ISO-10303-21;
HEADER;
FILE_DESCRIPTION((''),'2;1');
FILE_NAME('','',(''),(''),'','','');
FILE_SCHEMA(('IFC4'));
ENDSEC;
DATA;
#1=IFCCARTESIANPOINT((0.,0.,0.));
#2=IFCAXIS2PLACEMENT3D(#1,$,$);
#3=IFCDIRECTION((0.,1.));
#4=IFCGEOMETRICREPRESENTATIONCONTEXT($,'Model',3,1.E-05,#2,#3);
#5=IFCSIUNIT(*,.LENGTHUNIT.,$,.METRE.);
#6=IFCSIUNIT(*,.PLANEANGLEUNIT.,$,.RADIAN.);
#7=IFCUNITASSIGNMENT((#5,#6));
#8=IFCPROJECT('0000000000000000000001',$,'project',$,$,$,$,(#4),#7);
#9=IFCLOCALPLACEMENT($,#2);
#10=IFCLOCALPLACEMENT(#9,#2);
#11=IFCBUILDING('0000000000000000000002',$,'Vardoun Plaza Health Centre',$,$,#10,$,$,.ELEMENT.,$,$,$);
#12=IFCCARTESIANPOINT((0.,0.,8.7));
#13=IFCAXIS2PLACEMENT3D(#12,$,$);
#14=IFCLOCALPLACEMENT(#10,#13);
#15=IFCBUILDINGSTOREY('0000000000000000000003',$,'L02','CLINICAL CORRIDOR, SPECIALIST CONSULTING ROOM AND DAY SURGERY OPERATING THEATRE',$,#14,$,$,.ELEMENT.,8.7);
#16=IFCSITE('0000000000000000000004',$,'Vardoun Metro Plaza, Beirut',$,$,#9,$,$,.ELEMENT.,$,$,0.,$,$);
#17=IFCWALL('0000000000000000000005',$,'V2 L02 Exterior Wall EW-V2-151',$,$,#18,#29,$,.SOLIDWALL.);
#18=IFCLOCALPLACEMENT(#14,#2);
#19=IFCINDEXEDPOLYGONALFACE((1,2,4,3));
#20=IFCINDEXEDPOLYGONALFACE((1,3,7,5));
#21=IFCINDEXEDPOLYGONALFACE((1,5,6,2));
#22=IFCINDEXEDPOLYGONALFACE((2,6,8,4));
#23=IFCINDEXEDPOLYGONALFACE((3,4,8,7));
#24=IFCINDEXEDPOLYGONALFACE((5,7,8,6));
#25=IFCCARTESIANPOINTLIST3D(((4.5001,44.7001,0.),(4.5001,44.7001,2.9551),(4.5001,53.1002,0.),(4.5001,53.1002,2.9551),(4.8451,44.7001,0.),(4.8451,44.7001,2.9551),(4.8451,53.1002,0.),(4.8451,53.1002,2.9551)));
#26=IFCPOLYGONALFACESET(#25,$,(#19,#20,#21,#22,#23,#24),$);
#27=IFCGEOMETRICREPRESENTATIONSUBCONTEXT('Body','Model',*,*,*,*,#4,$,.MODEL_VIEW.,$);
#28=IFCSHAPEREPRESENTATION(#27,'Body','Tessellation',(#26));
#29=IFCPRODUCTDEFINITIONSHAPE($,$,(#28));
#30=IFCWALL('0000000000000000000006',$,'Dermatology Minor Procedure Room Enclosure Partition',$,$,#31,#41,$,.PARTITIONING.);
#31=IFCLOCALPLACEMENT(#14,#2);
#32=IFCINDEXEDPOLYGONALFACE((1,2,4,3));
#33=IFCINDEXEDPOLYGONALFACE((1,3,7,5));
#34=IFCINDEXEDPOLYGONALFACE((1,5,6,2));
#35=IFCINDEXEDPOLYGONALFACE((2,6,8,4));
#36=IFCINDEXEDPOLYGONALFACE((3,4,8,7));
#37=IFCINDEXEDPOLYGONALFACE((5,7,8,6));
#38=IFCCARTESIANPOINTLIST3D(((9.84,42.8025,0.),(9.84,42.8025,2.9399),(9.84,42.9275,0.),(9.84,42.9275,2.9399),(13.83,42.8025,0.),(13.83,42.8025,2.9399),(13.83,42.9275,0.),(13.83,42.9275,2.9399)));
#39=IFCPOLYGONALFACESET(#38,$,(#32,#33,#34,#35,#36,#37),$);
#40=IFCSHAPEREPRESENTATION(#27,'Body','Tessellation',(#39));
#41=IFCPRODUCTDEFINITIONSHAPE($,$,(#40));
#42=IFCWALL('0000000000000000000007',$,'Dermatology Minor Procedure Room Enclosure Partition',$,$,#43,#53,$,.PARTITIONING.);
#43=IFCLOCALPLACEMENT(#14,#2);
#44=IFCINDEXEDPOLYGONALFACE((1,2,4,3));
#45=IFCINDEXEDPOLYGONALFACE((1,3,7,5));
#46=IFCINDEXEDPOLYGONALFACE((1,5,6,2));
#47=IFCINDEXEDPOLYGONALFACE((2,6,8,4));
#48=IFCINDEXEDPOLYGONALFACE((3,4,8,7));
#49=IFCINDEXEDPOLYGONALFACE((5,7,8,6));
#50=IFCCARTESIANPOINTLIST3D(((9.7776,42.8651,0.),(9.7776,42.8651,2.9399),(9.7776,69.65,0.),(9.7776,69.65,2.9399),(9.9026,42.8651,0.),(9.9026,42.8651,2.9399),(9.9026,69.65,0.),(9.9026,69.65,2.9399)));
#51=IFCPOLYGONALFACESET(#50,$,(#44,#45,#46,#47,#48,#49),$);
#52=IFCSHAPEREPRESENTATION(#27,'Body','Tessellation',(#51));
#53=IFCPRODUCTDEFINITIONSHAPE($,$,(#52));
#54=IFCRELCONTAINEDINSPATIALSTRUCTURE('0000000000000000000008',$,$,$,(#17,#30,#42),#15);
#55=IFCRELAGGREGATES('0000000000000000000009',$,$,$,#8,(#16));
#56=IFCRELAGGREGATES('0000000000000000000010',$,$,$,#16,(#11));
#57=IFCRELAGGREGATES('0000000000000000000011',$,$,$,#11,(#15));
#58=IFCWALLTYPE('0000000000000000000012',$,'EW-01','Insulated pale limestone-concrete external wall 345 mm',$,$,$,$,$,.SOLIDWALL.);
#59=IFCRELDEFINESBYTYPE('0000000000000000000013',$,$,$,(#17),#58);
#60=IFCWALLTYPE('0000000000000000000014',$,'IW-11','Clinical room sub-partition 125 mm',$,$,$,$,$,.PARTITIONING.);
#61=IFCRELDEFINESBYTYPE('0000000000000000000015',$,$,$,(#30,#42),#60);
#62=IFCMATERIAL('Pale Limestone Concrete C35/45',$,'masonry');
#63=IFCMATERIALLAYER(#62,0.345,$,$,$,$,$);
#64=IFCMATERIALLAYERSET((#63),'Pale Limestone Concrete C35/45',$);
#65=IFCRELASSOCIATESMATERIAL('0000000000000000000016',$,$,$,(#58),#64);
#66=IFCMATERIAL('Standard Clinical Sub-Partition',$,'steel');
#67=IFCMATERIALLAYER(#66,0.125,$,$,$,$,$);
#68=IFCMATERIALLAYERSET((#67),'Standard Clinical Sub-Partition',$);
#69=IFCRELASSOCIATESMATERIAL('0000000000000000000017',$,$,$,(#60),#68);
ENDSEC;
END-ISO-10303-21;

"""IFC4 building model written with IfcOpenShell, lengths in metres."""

from ifc_helpers import new_model, si_unit, direction, frame, frame_2d, origin, place, context, subcontext, project, spatial, rectangle, extrude, material, layer, layer_set, type_object, element, save


model = new_model("IFC4")

# Units and contexts
model_context = context("Model", 3, precision=1e-05, world=origin(), true_north=direction((0.0, 1.0)))
body_context = subcontext(model_context, "Body", "Model", "MODEL_VIEW")
ifc_project = project(units=[si_unit("LENGTHUNIT", "METRE"), si_unit("PLANEANGLEUNIT", "RADIAN")], contexts=[model_context])

# Site, building, storey
site_placement = place(None, origin())
site = spatial("IfcSite", under=ifc_project, at=site_placement, Name="Vardoun Metro Plaza, Beirut", CompositionType="ELEMENT", RefElevation=0.0)
building_placement = place(site_placement, origin())
building = spatial("IfcBuilding", under=site, at=building_placement, Name="Vardoun Plaza Health Centre", CompositionType="ELEMENT")
storey_placement = place(building_placement, frame((0.0, 0.0, 8.7)))
storey = spatial("IfcBuildingStorey", under=building, at=storey_placement, Name="L02", Description="CLINICAL CORRIDOR, SPECIALIST CONSULTING ROOM AND DAY SURGERY OPERATING THEATRE", CompositionType="ELEMENT", Elevation=8.7)

# Walls
ifc_material_1 = material(Name="Pale Limestone Concrete C35/45", Category="masonry")
ifc_layer_1 = layer(ifc_material_1, 0.345)
ifc_layer_set_1 = layer_set([ifc_layer_1], Name="Pale Limestone Concrete C35/45")
wall_type_1 = type_object("IfcWallType", Name="EW-01", Description="Insulated pale limestone-concrete external wall 345 mm", PredefinedType="SOLIDWALL", material=ifc_layer_set_1)
wall_1_placement = place(storey_placement, frame((4.6726, 44.7, 0.0), z_axis=(0.0, 0.0, 1.0), x_axis=(0.0, 1.0, 0.0)))
element("IfcWall", 1, at=wall_1_placement, inside=storey, type_object=wall_type_1, Name="V2 L02 Exterior Wall EW-V2-151", PredefinedType="SOLIDWALL", context=body_context, shape_type="SweptSolid", body=[
    extrude(rectangle(XDim=8.4001, YDim=0.345, at=frame_2d((4.2002, 0.0))), origin(), (0.0, 0.0, 1.0), 2.9551),
])
ifc_material_2 = material(Name="Standard Clinical Sub-Partition", Category="steel")
ifc_layer_2 = layer(ifc_material_2, 0.125)
ifc_layer_set_2 = layer_set([ifc_layer_2], Name="Standard Clinical Sub-Partition")
wall_type_2 = type_object("IfcWallType", Name="IW-11", Description="Clinical room sub-partition 125 mm", PredefinedType="PARTITIONING", material=ifc_layer_set_2)
wall_2_placement = place(storey_placement, frame((13.8301, 42.865, 0.0), z_axis=(0.0, 0.0, 1.0), x_axis=(-1.0, 0.0, 0.0)))
element("IfcWall", 2, at=wall_2_placement, inside=storey, type_object=wall_type_2, Name="Dermatology Minor Procedure Room Enclosure Partition", PredefinedType="PARTITIONING", context=body_context, shape_type="SweptSolid", body=[
    extrude(rectangle(XDim=3.99, YDim=0.125, at=frame_2d((1.9951, 0.0))), origin(), (0.0, 0.0, 1.0), 2.9399),
])
wall_3_placement = place(storey_placement, frame((9.8401, 42.865, 0.0), z_axis=(0.0, 0.0, 1.0), x_axis=(0.0, 1.0, 0.0)))
element("IfcWall", 3, at=wall_3_placement, inside=storey, type_object=wall_type_2, Name="Dermatology Minor Procedure Room Enclosure Partition", PredefinedType="PARTITIONING", context=body_context, shape_type="SweptSolid", body=[
    extrude(rectangle(XDim=26.7849, YDim=0.125, at=frame_2d((13.3926, 0.0))), origin(), (0.0, 0.0, 1.0), 2.9399),
])

save(model, "model.ifc")
